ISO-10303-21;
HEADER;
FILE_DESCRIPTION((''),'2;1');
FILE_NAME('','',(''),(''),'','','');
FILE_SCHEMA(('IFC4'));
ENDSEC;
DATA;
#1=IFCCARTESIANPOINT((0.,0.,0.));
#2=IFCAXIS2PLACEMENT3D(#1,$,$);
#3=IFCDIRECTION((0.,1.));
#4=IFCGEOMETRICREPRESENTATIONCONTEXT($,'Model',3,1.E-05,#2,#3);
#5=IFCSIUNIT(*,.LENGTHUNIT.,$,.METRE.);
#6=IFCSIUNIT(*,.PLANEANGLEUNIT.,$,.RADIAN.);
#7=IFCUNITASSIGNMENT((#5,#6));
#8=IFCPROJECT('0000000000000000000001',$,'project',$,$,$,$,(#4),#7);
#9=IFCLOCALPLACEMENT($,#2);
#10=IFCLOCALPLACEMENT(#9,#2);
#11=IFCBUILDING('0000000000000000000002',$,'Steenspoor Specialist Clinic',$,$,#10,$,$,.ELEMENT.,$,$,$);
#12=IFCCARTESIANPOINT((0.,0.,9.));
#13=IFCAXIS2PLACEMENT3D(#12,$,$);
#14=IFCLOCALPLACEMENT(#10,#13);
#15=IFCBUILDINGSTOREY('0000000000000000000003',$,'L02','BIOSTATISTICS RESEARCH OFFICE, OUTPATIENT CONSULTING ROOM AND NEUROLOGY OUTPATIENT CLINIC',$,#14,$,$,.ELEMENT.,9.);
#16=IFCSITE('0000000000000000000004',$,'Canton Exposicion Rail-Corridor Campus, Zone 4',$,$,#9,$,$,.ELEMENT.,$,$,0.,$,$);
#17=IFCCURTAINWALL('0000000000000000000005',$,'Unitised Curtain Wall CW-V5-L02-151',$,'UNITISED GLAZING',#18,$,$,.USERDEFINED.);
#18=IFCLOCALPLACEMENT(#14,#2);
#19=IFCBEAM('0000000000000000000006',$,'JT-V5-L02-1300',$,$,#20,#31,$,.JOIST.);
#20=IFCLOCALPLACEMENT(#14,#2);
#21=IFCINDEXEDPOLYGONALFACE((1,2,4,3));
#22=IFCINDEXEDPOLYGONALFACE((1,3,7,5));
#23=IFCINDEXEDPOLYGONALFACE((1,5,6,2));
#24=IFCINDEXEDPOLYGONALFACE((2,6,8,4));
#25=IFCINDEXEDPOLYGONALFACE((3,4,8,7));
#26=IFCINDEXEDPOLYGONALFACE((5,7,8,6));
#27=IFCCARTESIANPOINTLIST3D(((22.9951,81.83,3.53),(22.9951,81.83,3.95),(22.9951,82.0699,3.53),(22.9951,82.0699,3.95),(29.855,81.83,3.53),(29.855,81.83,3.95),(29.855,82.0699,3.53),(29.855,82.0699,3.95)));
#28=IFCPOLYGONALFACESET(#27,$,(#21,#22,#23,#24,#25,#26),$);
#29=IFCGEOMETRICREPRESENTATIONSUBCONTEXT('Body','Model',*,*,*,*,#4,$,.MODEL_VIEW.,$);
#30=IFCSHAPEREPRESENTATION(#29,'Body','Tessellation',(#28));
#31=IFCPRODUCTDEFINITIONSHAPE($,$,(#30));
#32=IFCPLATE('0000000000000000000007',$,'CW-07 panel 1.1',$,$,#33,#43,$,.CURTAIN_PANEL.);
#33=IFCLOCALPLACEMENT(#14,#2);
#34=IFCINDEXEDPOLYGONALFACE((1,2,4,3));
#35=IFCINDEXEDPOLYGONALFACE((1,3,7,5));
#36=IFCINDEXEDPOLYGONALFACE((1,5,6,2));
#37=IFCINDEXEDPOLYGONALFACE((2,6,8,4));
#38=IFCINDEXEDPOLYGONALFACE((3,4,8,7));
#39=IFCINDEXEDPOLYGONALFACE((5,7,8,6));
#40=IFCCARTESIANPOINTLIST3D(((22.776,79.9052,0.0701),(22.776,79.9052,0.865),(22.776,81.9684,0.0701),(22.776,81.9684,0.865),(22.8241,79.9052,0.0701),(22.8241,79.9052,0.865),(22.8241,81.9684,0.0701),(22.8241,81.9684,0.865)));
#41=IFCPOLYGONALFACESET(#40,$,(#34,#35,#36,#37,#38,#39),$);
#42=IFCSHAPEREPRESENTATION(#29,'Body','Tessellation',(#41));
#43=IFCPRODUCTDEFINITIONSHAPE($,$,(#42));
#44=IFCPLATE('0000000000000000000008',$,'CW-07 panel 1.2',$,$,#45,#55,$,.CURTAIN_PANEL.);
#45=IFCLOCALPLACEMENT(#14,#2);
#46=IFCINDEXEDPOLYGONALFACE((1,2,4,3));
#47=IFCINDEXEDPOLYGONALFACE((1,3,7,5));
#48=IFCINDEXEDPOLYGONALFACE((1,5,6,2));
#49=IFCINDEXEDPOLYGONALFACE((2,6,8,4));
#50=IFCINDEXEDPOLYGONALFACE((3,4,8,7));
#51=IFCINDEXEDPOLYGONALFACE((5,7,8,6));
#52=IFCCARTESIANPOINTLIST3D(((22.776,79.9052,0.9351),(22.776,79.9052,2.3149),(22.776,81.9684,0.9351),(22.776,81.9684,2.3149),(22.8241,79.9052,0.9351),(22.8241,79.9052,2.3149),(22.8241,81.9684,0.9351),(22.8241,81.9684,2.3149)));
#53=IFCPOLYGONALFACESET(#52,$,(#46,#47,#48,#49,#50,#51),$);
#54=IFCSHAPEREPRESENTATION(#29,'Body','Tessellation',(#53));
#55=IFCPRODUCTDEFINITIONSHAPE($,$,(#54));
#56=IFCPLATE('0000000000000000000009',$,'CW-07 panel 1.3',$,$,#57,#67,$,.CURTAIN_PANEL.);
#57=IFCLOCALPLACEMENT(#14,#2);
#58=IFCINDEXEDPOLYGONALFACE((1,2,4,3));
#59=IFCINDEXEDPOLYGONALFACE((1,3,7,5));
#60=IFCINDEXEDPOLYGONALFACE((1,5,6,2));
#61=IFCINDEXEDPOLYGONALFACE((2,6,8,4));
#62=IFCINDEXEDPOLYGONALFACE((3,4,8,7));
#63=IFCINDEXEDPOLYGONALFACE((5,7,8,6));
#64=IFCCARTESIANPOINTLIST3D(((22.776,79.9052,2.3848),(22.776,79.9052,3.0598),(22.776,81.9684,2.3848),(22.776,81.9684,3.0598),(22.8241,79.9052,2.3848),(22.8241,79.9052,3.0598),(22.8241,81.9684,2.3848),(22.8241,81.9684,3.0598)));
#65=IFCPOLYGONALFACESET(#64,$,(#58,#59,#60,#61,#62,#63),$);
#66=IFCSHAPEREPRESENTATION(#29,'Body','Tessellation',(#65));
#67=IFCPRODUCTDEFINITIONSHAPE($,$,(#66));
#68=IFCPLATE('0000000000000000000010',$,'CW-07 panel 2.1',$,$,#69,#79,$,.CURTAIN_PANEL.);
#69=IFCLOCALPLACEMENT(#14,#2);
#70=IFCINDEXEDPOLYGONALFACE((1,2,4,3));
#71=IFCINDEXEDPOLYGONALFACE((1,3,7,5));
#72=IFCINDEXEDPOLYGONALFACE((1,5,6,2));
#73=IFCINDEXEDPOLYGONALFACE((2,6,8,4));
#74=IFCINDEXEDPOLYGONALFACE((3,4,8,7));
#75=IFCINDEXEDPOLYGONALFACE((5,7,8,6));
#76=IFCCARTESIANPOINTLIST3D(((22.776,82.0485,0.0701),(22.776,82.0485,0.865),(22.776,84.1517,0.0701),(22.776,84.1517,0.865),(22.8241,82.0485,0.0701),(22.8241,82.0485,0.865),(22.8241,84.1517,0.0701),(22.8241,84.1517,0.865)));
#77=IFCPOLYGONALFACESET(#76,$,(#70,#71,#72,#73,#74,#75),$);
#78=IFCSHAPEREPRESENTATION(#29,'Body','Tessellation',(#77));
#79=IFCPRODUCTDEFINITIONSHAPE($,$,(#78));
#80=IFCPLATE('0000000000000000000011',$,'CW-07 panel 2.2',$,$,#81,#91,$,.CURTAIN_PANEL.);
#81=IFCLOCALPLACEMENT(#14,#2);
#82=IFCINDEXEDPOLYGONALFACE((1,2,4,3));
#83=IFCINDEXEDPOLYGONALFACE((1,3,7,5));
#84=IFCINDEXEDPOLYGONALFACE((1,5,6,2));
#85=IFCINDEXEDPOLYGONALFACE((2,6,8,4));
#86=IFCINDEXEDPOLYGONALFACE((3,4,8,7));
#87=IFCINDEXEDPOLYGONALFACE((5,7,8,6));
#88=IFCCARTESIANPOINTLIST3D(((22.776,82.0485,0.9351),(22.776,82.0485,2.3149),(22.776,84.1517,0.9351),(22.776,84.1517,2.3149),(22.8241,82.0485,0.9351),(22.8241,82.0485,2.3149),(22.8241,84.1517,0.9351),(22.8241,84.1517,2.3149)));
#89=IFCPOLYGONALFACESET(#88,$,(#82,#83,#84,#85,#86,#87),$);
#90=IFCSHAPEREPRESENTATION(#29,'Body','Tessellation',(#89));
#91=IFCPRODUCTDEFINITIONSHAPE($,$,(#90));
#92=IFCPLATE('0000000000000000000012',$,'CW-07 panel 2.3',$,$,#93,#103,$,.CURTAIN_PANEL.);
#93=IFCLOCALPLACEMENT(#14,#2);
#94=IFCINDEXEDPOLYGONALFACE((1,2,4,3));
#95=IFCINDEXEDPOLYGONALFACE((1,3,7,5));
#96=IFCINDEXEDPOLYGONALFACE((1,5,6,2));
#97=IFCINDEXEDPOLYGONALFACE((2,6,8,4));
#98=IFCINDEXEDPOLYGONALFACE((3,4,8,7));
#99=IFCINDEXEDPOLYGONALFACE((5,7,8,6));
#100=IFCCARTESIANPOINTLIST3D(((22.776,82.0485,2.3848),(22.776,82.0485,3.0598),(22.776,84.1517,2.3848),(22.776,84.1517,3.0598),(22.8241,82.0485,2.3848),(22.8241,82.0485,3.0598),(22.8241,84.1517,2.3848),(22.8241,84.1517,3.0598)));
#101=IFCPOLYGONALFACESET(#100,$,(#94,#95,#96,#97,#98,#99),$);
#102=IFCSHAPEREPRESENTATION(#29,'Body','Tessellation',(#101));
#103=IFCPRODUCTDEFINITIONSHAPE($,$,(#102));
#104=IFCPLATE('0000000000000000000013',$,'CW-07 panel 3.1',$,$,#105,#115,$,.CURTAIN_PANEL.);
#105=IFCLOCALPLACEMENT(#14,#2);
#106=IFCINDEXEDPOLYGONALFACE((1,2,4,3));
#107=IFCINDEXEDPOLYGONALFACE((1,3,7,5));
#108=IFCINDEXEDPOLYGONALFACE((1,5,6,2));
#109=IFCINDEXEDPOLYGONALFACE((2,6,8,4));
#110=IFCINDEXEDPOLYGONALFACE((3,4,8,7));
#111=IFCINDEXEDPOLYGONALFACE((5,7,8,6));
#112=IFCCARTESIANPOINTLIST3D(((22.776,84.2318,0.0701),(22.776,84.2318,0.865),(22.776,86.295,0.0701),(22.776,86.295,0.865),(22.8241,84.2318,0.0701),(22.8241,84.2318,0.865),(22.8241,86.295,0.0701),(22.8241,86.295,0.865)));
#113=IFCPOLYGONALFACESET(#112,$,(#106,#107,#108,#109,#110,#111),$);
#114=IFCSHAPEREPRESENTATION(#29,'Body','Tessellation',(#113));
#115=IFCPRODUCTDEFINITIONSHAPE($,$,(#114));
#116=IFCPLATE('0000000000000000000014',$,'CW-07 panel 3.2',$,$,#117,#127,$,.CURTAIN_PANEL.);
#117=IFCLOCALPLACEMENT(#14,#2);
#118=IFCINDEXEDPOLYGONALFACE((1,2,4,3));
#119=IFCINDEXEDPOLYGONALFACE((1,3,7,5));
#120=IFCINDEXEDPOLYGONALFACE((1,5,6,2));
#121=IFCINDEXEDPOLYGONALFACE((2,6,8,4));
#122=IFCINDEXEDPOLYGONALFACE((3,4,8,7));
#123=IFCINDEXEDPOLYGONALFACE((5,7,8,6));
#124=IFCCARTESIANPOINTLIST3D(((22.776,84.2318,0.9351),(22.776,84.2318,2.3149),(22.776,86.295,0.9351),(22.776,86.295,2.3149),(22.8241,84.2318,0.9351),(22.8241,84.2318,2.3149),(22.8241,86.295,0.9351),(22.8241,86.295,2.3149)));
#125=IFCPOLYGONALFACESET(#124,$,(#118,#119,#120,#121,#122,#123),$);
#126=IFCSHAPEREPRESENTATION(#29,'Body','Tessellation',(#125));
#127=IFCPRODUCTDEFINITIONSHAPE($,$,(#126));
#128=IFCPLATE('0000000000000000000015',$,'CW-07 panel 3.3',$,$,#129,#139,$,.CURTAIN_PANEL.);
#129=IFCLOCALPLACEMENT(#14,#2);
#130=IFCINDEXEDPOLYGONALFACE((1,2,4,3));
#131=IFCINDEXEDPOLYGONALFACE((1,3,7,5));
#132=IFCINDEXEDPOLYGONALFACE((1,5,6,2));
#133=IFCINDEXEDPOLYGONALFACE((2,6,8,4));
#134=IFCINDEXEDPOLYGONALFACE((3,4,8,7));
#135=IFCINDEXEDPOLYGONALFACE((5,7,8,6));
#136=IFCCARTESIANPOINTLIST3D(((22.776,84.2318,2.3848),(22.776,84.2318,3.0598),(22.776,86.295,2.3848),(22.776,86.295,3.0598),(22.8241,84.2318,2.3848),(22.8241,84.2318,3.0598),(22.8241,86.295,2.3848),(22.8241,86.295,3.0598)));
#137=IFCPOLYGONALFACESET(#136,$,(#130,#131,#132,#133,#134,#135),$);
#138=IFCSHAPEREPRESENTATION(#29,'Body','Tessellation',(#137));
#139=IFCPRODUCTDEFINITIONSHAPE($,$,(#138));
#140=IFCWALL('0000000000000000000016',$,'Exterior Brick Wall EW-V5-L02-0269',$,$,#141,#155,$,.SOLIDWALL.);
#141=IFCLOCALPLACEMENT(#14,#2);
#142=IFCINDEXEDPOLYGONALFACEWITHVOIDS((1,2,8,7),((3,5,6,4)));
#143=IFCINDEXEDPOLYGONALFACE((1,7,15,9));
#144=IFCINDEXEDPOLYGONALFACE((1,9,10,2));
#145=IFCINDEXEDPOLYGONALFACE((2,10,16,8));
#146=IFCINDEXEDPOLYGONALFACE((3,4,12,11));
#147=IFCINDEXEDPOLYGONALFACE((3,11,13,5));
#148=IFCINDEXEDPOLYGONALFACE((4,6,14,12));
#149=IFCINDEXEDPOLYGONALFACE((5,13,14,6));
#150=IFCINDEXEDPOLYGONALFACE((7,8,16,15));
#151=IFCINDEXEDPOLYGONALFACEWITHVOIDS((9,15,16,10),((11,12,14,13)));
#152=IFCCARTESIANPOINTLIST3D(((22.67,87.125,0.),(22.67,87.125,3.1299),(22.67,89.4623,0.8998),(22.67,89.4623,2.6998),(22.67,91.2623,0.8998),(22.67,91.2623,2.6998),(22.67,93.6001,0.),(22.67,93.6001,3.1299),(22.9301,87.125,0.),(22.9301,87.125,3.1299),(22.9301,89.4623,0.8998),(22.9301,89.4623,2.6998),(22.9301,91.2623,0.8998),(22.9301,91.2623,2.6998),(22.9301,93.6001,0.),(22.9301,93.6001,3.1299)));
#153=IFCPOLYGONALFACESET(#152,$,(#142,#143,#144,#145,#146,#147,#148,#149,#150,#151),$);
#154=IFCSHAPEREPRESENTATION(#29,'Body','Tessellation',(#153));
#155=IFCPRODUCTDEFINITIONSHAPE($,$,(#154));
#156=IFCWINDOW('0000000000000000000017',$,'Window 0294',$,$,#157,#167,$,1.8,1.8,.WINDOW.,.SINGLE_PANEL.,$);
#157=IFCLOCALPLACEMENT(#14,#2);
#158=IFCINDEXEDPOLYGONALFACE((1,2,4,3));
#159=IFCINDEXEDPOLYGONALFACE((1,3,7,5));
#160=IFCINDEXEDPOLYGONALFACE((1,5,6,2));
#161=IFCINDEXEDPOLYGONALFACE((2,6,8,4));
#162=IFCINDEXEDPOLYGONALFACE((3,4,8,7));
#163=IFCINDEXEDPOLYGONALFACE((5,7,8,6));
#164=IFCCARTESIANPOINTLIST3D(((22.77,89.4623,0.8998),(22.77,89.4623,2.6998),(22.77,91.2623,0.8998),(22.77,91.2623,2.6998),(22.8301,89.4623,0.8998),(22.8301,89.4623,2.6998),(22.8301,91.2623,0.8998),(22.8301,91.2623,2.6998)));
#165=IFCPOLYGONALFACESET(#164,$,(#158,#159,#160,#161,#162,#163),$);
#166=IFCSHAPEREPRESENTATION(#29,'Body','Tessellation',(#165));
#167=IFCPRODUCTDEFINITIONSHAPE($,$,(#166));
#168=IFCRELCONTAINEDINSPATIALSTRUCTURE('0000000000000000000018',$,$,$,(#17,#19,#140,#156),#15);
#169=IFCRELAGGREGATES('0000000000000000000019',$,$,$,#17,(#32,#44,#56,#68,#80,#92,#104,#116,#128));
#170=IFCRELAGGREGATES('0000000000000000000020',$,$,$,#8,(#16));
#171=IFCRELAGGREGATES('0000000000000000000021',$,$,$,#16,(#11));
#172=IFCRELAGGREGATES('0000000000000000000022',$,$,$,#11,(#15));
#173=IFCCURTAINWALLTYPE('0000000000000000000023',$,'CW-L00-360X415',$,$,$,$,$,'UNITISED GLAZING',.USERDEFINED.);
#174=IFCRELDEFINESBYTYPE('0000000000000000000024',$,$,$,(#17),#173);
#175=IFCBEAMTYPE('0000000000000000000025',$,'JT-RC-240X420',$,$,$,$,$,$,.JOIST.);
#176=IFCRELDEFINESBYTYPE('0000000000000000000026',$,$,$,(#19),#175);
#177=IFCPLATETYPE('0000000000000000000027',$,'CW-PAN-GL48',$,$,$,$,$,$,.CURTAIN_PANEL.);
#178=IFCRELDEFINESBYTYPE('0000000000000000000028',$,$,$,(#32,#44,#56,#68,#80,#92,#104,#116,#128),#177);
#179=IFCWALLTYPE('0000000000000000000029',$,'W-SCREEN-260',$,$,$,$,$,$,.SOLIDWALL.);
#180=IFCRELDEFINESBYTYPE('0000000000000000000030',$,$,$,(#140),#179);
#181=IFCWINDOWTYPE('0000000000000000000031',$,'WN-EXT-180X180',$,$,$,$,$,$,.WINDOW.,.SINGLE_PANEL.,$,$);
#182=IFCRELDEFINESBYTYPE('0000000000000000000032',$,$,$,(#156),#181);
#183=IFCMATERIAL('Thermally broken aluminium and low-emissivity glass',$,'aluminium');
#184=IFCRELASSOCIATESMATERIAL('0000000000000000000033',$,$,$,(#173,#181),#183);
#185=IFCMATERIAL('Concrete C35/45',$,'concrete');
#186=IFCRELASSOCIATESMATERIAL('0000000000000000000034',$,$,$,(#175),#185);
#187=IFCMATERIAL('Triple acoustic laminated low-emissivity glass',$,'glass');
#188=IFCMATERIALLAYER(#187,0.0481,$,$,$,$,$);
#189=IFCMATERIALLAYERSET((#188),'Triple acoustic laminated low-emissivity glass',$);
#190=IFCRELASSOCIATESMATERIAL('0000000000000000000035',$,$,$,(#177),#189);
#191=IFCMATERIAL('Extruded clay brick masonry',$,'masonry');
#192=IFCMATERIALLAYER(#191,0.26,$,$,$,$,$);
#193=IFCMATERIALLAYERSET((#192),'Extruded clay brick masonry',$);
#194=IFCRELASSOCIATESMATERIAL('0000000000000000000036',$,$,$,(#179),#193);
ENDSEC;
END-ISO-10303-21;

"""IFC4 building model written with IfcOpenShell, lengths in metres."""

from ifc_helpers import new_model, si_unit, direction, frame, frame_2d, origin, origin_2d, place, context, subcontext, project, spatial, rectangle, extrude, material, layer, layer_set, material_profile, profile_set, type_object, element, fill, aggregate, save


model = new_model("IFC4")

# Units and contexts
model_context = context("Model", 3, precision=1e-05, world=origin(), true_north=direction((0.0, 1.0)))
body_context = subcontext(model_context, "Body", "Model", "MODEL_VIEW")
ifc_project = project(units=[si_unit("LENGTHUNIT", "METRE"), si_unit("PLANEANGLEUNIT", "RADIAN")], contexts=[model_context])

# Site, building, storey
site_placement = place(None, origin())
site = spatial("IfcSite", under=ifc_project, at=site_placement, Name="Canton Exposicion Rail-Corridor Campus, Zone 4", CompositionType="ELEMENT", RefElevation=0.0)
building_placement = place(site_placement, origin())
building = spatial("IfcBuilding", under=site, at=building_placement, Name="Steenspoor Specialist Clinic", CompositionType="ELEMENT")
storey_placement = place(building_placement, frame((0.0, 0.0, 9.0)))
storey = spatial("IfcBuildingStorey", under=building, at=storey_placement, Name="L02", Description="BIOSTATISTICS RESEARCH OFFICE, OUTPATIENT CONSULTING ROOM AND NEUROLOGY OUTPATIENT CLINIC", CompositionType="ELEMENT", Elevation=9.0)

# Shared definitions
ifc_material_1 = material(Name="Concrete C35/45", Category="concrete")

# Curtain wall
ifc_material_2 = material(Name="Thermally broken aluminium and low-emissivity glass", Category="aluminium")
curtain_wall_type = type_object("IfcCurtainWallType", Name="CW-L00-360X415", ElementType="UNITISED GLAZING", PredefinedType="USERDEFINED", material=ifc_material_2)
curtain_wall_placement = place(storey_placement, origin())
curtain_wall = element("IfcCurtainWall", 1, at=curtain_wall_placement, inside=storey, type_object=curtain_wall_type, Name="Unitised Curtain Wall CW-V5-L02-151", ObjectType="UNITISED GLAZING", PredefinedType="USERDEFINED")

# Beam
ifc_material_profile_1 = material_profile(ifc_material_1, rectangle(XDim=0.24, YDim=0.4199, at=origin_2d()), Name="RC-JT-240X420")
ifc_profile_set_1 = profile_set([ifc_material_profile_1], Name="Concrete C35/45")
beam_type_1 = type_object("IfcBeamType", Name="JT-RC-240X420", PredefinedType="JOIST", material=ifc_profile_set_1)
beam_1_placement = place(storey_placement, frame((22.9951, 81.95, 3.74), z_axis=(1.0, 0.0, 0.0), x_axis=(0.0, 1.0, 0.0)))
element("IfcBeam", 2, at=beam_1_placement, inside=storey, type_object=beam_type_1, Name="JT-V5-L02-1300", PredefinedType="JOIST", context=body_context, shape_type="SweptSolid", body=[
    extrude(rectangle(XDim=0.24, YDim=0.4199, at=origin_2d()), origin(), (0.0, 0.0, 1.0), 6.8599),
])

# Plates
ifc_material_3 = material(Name="Triple acoustic laminated low-emissivity glass", Category="glass")
ifc_layer_1 = layer(ifc_material_3, 0.0481)
ifc_layer_set_1 = layer_set([ifc_layer_1], Name="Triple acoustic laminated low-emissivity glass")
plate_type = type_object("IfcPlateType", Name="CW-PAN-GL48", PredefinedType="CURTAIN_PANEL", material=ifc_layer_set_1)
plate_1_placement = place(storey_placement, frame((22.8, 80.9368, 0.0701), z_axis=(0.0, 0.0, 1.0), x_axis=(0.0, 1.0, 0.0)))
plate_1 = element("IfcPlate", 3, at=plate_1_placement, type_object=plate_type, Name="CW-07 panel 1.1", PredefinedType="CURTAIN_PANEL", context=body_context, shape_type="SweptSolid", body=[
    extrude(rectangle(XDim=2.0632, YDim=0.0481, at=origin_2d()), origin(), (0.0, 0.0, 1.0), 0.7949),
])
plate_2_placement = place(storey_placement, frame((22.8, 80.9368, 0.9351), z_axis=(0.0, 0.0, 1.0), x_axis=(0.0, 1.0, 0.0)))
plate_2 = element("IfcPlate", 4, at=plate_2_placement, type_object=plate_type, Name="CW-07 panel 1.2", PredefinedType="CURTAIN_PANEL", context=body_context, shape_type="SweptSolid", body=[
    extrude(rectangle(XDim=2.0632, YDim=0.0481, at=origin_2d()), origin(), (0.0, 0.0, 1.0), 1.3799),
])
plate_3_placement = place(storey_placement, frame((22.8, 80.9368, 2.3848), z_axis=(0.0, 0.0, 1.0), x_axis=(0.0, 1.0, 0.0)))
plate_3 = element("IfcPlate", 5, at=plate_3_placement, type_object=plate_type, Name="CW-07 panel 1.3", PredefinedType="CURTAIN_PANEL", context=body_context, shape_type="SweptSolid", body=[
    extrude(rectangle(XDim=2.0632, YDim=0.0481, at=origin_2d()), origin(), (0.0, 0.0, 1.0), 0.675),
])
plate_4_placement = place(storey_placement, frame((22.8, 83.1001, 0.0701), z_axis=(0.0, 0.0, 1.0), x_axis=(0.0, 1.0, 0.0)))
plate_4 = element("IfcPlate", 6, at=plate_4_placement, type_object=plate_type, Name="CW-07 panel 2.1", PredefinedType="CURTAIN_PANEL", context=body_context, shape_type="SweptSolid", body=[
    extrude(rectangle(XDim=2.1033, YDim=0.0481, at=origin_2d()), origin(), (0.0, 0.0, 1.0), 0.7949),
])
plate_5_placement = place(storey_placement, frame((22.8, 83.1001, 0.9351), z_axis=(0.0, 0.0, 1.0), x_axis=(0.0, 1.0, 0.0)))
plate_5 = element("IfcPlate", 7, at=plate_5_placement, type_object=plate_type, Name="CW-07 panel 2.2", PredefinedType="CURTAIN_PANEL", context=body_context, shape_type="SweptSolid", body=[
    extrude(rectangle(XDim=2.1033, YDim=0.0481, at=origin_2d()), origin(), (0.0, 0.0, 1.0), 1.3799),
])
plate_6_placement = place(storey_placement, frame((22.8, 83.1001, 2.3848), z_axis=(0.0, 0.0, 1.0), x_axis=(0.0, 1.0, 0.0)))
plate_6 = element("IfcPlate", 8, at=plate_6_placement, type_object=plate_type, Name="CW-07 panel 2.3", PredefinedType="CURTAIN_PANEL", context=body_context, shape_type="SweptSolid", body=[
    extrude(rectangle(XDim=2.1033, YDim=0.0481, at=origin_2d()), origin(), (0.0, 0.0, 1.0), 0.675),
])
plate_7_placement = place(storey_placement, frame((22.8, 85.2634, 0.0701), z_axis=(0.0, 0.0, 1.0), x_axis=(0.0, 1.0, 0.0)))
plate_7 = element("IfcPlate", 9, at=plate_7_placement, type_object=plate_type, Name="CW-07 panel 3.1", PredefinedType="CURTAIN_PANEL", context=body_context, shape_type="SweptSolid", body=[
    extrude(rectangle(XDim=2.0632, YDim=0.0481, at=origin_2d()), origin(), (0.0, 0.0, 1.0), 0.7949),
])
plate_8_placement = place(storey_placement, frame((22.8, 85.2634, 0.9351), z_axis=(0.0, 0.0, 1.0), x_axis=(0.0, 1.0, 0.0)))
plate_8 = element("IfcPlate", 10, at=plate_8_placement, type_object=plate_type, Name="CW-07 panel 3.2", PredefinedType="CURTAIN_PANEL", context=body_context, shape_type="SweptSolid", body=[
    extrude(rectangle(XDim=2.0632, YDim=0.0481, at=origin_2d()), origin(), (0.0, 0.0, 1.0), 1.3799),
])
plate_9_placement = place(storey_placement, frame((22.8, 85.2634, 2.3848), z_axis=(0.0, 0.0, 1.0), x_axis=(0.0, 1.0, 0.0)))
plate_9 = element("IfcPlate", 11, at=plate_9_placement, type_object=plate_type, Name="CW-07 panel 3.3", PredefinedType="CURTAIN_PANEL", context=body_context, shape_type="SweptSolid", body=[
    extrude(rectangle(XDim=2.0632, YDim=0.0481, at=origin_2d()), origin(), (0.0, 0.0, 1.0), 0.675),
])
aggregate(curtain_wall, [plate_1, plate_2, plate_3, plate_4, plate_5, plate_6, plate_7, plate_8, plate_9])

# Wall, opening, window
ifc_material_4 = material(Name="Extruded clay brick masonry", Category="masonry")
ifc_layer_2 = layer(ifc_material_4, 0.26)
ifc_layer_set_2 = layer_set([ifc_layer_2], Name="Extruded clay brick masonry")
wall_type = type_object("IfcWallType", Name="W-SCREEN-260", PredefinedType="SOLIDWALL", material=ifc_layer_set_2)
wall_placement = place(storey_placement, frame((22.8, 87.125, 0.0), z_axis=(0.0, 0.0, 1.0), x_axis=(0.0, 1.0, 0.0)))
wall = element("IfcWall", 12, at=wall_placement, inside=storey, type_object=wall_type, Name="Exterior Brick Wall EW-V5-L02-0269", PredefinedType="SOLIDWALL", context=body_context, shape_type="SweptSolid", body=[
    extrude(rectangle(XDim=6.4751, YDim=0.26, at=frame_2d((3.2375, 0.0))), origin(), (0.0, 0.0, 1.0), 3.1299),
])
opening_placement = place(wall_placement, frame((2.3374, 0.0, 0.8999)))
opening = element("IfcOpeningElement", 13, at=opening_placement, cuts=wall, PredefinedType="OPENING", context=body_context, shape_type="SweptSolid", body=[
    extrude(rectangle(XDim=1.8, YDim=1.8, at=frame_2d((0.8999, 0.8999))), frame((0.0, 0.1401, 0.0), z_axis=(0.0, -1.0, 0.0), x_axis=(1.0, 0.0, 0.0)), (0.0, 0.0, 1.0), 0.28),
])
window_type = type_object("IfcWindowType", Name="WN-EXT-180X180", PartitioningType="SINGLE_PANEL", PredefinedType="WINDOW", material=ifc_material_2)
window_placement = place(opening_placement, origin())
window = element("IfcWindow", 14, at=window_placement, inside=storey, type_object=window_type, Name="Window 0294", OverallHeight=1.8, OverallWidth=1.8, PartitioningType="SINGLE_PANEL", PredefinedType="WINDOW", context=body_context, shape_type="SweptSolid", body=[
    extrude(rectangle(XDim=1.8, YDim=1.8, at=frame_2d((0.8999, 0.8999))), frame((0.0, 0.03, 0.0), z_axis=(0.0, -1.0, 0.0), x_axis=(1.0, 0.0, 0.0)), (0.0, 0.0, 1.0), 0.0601),
])
fill(opening, window)

save(model, "model.ifc")
